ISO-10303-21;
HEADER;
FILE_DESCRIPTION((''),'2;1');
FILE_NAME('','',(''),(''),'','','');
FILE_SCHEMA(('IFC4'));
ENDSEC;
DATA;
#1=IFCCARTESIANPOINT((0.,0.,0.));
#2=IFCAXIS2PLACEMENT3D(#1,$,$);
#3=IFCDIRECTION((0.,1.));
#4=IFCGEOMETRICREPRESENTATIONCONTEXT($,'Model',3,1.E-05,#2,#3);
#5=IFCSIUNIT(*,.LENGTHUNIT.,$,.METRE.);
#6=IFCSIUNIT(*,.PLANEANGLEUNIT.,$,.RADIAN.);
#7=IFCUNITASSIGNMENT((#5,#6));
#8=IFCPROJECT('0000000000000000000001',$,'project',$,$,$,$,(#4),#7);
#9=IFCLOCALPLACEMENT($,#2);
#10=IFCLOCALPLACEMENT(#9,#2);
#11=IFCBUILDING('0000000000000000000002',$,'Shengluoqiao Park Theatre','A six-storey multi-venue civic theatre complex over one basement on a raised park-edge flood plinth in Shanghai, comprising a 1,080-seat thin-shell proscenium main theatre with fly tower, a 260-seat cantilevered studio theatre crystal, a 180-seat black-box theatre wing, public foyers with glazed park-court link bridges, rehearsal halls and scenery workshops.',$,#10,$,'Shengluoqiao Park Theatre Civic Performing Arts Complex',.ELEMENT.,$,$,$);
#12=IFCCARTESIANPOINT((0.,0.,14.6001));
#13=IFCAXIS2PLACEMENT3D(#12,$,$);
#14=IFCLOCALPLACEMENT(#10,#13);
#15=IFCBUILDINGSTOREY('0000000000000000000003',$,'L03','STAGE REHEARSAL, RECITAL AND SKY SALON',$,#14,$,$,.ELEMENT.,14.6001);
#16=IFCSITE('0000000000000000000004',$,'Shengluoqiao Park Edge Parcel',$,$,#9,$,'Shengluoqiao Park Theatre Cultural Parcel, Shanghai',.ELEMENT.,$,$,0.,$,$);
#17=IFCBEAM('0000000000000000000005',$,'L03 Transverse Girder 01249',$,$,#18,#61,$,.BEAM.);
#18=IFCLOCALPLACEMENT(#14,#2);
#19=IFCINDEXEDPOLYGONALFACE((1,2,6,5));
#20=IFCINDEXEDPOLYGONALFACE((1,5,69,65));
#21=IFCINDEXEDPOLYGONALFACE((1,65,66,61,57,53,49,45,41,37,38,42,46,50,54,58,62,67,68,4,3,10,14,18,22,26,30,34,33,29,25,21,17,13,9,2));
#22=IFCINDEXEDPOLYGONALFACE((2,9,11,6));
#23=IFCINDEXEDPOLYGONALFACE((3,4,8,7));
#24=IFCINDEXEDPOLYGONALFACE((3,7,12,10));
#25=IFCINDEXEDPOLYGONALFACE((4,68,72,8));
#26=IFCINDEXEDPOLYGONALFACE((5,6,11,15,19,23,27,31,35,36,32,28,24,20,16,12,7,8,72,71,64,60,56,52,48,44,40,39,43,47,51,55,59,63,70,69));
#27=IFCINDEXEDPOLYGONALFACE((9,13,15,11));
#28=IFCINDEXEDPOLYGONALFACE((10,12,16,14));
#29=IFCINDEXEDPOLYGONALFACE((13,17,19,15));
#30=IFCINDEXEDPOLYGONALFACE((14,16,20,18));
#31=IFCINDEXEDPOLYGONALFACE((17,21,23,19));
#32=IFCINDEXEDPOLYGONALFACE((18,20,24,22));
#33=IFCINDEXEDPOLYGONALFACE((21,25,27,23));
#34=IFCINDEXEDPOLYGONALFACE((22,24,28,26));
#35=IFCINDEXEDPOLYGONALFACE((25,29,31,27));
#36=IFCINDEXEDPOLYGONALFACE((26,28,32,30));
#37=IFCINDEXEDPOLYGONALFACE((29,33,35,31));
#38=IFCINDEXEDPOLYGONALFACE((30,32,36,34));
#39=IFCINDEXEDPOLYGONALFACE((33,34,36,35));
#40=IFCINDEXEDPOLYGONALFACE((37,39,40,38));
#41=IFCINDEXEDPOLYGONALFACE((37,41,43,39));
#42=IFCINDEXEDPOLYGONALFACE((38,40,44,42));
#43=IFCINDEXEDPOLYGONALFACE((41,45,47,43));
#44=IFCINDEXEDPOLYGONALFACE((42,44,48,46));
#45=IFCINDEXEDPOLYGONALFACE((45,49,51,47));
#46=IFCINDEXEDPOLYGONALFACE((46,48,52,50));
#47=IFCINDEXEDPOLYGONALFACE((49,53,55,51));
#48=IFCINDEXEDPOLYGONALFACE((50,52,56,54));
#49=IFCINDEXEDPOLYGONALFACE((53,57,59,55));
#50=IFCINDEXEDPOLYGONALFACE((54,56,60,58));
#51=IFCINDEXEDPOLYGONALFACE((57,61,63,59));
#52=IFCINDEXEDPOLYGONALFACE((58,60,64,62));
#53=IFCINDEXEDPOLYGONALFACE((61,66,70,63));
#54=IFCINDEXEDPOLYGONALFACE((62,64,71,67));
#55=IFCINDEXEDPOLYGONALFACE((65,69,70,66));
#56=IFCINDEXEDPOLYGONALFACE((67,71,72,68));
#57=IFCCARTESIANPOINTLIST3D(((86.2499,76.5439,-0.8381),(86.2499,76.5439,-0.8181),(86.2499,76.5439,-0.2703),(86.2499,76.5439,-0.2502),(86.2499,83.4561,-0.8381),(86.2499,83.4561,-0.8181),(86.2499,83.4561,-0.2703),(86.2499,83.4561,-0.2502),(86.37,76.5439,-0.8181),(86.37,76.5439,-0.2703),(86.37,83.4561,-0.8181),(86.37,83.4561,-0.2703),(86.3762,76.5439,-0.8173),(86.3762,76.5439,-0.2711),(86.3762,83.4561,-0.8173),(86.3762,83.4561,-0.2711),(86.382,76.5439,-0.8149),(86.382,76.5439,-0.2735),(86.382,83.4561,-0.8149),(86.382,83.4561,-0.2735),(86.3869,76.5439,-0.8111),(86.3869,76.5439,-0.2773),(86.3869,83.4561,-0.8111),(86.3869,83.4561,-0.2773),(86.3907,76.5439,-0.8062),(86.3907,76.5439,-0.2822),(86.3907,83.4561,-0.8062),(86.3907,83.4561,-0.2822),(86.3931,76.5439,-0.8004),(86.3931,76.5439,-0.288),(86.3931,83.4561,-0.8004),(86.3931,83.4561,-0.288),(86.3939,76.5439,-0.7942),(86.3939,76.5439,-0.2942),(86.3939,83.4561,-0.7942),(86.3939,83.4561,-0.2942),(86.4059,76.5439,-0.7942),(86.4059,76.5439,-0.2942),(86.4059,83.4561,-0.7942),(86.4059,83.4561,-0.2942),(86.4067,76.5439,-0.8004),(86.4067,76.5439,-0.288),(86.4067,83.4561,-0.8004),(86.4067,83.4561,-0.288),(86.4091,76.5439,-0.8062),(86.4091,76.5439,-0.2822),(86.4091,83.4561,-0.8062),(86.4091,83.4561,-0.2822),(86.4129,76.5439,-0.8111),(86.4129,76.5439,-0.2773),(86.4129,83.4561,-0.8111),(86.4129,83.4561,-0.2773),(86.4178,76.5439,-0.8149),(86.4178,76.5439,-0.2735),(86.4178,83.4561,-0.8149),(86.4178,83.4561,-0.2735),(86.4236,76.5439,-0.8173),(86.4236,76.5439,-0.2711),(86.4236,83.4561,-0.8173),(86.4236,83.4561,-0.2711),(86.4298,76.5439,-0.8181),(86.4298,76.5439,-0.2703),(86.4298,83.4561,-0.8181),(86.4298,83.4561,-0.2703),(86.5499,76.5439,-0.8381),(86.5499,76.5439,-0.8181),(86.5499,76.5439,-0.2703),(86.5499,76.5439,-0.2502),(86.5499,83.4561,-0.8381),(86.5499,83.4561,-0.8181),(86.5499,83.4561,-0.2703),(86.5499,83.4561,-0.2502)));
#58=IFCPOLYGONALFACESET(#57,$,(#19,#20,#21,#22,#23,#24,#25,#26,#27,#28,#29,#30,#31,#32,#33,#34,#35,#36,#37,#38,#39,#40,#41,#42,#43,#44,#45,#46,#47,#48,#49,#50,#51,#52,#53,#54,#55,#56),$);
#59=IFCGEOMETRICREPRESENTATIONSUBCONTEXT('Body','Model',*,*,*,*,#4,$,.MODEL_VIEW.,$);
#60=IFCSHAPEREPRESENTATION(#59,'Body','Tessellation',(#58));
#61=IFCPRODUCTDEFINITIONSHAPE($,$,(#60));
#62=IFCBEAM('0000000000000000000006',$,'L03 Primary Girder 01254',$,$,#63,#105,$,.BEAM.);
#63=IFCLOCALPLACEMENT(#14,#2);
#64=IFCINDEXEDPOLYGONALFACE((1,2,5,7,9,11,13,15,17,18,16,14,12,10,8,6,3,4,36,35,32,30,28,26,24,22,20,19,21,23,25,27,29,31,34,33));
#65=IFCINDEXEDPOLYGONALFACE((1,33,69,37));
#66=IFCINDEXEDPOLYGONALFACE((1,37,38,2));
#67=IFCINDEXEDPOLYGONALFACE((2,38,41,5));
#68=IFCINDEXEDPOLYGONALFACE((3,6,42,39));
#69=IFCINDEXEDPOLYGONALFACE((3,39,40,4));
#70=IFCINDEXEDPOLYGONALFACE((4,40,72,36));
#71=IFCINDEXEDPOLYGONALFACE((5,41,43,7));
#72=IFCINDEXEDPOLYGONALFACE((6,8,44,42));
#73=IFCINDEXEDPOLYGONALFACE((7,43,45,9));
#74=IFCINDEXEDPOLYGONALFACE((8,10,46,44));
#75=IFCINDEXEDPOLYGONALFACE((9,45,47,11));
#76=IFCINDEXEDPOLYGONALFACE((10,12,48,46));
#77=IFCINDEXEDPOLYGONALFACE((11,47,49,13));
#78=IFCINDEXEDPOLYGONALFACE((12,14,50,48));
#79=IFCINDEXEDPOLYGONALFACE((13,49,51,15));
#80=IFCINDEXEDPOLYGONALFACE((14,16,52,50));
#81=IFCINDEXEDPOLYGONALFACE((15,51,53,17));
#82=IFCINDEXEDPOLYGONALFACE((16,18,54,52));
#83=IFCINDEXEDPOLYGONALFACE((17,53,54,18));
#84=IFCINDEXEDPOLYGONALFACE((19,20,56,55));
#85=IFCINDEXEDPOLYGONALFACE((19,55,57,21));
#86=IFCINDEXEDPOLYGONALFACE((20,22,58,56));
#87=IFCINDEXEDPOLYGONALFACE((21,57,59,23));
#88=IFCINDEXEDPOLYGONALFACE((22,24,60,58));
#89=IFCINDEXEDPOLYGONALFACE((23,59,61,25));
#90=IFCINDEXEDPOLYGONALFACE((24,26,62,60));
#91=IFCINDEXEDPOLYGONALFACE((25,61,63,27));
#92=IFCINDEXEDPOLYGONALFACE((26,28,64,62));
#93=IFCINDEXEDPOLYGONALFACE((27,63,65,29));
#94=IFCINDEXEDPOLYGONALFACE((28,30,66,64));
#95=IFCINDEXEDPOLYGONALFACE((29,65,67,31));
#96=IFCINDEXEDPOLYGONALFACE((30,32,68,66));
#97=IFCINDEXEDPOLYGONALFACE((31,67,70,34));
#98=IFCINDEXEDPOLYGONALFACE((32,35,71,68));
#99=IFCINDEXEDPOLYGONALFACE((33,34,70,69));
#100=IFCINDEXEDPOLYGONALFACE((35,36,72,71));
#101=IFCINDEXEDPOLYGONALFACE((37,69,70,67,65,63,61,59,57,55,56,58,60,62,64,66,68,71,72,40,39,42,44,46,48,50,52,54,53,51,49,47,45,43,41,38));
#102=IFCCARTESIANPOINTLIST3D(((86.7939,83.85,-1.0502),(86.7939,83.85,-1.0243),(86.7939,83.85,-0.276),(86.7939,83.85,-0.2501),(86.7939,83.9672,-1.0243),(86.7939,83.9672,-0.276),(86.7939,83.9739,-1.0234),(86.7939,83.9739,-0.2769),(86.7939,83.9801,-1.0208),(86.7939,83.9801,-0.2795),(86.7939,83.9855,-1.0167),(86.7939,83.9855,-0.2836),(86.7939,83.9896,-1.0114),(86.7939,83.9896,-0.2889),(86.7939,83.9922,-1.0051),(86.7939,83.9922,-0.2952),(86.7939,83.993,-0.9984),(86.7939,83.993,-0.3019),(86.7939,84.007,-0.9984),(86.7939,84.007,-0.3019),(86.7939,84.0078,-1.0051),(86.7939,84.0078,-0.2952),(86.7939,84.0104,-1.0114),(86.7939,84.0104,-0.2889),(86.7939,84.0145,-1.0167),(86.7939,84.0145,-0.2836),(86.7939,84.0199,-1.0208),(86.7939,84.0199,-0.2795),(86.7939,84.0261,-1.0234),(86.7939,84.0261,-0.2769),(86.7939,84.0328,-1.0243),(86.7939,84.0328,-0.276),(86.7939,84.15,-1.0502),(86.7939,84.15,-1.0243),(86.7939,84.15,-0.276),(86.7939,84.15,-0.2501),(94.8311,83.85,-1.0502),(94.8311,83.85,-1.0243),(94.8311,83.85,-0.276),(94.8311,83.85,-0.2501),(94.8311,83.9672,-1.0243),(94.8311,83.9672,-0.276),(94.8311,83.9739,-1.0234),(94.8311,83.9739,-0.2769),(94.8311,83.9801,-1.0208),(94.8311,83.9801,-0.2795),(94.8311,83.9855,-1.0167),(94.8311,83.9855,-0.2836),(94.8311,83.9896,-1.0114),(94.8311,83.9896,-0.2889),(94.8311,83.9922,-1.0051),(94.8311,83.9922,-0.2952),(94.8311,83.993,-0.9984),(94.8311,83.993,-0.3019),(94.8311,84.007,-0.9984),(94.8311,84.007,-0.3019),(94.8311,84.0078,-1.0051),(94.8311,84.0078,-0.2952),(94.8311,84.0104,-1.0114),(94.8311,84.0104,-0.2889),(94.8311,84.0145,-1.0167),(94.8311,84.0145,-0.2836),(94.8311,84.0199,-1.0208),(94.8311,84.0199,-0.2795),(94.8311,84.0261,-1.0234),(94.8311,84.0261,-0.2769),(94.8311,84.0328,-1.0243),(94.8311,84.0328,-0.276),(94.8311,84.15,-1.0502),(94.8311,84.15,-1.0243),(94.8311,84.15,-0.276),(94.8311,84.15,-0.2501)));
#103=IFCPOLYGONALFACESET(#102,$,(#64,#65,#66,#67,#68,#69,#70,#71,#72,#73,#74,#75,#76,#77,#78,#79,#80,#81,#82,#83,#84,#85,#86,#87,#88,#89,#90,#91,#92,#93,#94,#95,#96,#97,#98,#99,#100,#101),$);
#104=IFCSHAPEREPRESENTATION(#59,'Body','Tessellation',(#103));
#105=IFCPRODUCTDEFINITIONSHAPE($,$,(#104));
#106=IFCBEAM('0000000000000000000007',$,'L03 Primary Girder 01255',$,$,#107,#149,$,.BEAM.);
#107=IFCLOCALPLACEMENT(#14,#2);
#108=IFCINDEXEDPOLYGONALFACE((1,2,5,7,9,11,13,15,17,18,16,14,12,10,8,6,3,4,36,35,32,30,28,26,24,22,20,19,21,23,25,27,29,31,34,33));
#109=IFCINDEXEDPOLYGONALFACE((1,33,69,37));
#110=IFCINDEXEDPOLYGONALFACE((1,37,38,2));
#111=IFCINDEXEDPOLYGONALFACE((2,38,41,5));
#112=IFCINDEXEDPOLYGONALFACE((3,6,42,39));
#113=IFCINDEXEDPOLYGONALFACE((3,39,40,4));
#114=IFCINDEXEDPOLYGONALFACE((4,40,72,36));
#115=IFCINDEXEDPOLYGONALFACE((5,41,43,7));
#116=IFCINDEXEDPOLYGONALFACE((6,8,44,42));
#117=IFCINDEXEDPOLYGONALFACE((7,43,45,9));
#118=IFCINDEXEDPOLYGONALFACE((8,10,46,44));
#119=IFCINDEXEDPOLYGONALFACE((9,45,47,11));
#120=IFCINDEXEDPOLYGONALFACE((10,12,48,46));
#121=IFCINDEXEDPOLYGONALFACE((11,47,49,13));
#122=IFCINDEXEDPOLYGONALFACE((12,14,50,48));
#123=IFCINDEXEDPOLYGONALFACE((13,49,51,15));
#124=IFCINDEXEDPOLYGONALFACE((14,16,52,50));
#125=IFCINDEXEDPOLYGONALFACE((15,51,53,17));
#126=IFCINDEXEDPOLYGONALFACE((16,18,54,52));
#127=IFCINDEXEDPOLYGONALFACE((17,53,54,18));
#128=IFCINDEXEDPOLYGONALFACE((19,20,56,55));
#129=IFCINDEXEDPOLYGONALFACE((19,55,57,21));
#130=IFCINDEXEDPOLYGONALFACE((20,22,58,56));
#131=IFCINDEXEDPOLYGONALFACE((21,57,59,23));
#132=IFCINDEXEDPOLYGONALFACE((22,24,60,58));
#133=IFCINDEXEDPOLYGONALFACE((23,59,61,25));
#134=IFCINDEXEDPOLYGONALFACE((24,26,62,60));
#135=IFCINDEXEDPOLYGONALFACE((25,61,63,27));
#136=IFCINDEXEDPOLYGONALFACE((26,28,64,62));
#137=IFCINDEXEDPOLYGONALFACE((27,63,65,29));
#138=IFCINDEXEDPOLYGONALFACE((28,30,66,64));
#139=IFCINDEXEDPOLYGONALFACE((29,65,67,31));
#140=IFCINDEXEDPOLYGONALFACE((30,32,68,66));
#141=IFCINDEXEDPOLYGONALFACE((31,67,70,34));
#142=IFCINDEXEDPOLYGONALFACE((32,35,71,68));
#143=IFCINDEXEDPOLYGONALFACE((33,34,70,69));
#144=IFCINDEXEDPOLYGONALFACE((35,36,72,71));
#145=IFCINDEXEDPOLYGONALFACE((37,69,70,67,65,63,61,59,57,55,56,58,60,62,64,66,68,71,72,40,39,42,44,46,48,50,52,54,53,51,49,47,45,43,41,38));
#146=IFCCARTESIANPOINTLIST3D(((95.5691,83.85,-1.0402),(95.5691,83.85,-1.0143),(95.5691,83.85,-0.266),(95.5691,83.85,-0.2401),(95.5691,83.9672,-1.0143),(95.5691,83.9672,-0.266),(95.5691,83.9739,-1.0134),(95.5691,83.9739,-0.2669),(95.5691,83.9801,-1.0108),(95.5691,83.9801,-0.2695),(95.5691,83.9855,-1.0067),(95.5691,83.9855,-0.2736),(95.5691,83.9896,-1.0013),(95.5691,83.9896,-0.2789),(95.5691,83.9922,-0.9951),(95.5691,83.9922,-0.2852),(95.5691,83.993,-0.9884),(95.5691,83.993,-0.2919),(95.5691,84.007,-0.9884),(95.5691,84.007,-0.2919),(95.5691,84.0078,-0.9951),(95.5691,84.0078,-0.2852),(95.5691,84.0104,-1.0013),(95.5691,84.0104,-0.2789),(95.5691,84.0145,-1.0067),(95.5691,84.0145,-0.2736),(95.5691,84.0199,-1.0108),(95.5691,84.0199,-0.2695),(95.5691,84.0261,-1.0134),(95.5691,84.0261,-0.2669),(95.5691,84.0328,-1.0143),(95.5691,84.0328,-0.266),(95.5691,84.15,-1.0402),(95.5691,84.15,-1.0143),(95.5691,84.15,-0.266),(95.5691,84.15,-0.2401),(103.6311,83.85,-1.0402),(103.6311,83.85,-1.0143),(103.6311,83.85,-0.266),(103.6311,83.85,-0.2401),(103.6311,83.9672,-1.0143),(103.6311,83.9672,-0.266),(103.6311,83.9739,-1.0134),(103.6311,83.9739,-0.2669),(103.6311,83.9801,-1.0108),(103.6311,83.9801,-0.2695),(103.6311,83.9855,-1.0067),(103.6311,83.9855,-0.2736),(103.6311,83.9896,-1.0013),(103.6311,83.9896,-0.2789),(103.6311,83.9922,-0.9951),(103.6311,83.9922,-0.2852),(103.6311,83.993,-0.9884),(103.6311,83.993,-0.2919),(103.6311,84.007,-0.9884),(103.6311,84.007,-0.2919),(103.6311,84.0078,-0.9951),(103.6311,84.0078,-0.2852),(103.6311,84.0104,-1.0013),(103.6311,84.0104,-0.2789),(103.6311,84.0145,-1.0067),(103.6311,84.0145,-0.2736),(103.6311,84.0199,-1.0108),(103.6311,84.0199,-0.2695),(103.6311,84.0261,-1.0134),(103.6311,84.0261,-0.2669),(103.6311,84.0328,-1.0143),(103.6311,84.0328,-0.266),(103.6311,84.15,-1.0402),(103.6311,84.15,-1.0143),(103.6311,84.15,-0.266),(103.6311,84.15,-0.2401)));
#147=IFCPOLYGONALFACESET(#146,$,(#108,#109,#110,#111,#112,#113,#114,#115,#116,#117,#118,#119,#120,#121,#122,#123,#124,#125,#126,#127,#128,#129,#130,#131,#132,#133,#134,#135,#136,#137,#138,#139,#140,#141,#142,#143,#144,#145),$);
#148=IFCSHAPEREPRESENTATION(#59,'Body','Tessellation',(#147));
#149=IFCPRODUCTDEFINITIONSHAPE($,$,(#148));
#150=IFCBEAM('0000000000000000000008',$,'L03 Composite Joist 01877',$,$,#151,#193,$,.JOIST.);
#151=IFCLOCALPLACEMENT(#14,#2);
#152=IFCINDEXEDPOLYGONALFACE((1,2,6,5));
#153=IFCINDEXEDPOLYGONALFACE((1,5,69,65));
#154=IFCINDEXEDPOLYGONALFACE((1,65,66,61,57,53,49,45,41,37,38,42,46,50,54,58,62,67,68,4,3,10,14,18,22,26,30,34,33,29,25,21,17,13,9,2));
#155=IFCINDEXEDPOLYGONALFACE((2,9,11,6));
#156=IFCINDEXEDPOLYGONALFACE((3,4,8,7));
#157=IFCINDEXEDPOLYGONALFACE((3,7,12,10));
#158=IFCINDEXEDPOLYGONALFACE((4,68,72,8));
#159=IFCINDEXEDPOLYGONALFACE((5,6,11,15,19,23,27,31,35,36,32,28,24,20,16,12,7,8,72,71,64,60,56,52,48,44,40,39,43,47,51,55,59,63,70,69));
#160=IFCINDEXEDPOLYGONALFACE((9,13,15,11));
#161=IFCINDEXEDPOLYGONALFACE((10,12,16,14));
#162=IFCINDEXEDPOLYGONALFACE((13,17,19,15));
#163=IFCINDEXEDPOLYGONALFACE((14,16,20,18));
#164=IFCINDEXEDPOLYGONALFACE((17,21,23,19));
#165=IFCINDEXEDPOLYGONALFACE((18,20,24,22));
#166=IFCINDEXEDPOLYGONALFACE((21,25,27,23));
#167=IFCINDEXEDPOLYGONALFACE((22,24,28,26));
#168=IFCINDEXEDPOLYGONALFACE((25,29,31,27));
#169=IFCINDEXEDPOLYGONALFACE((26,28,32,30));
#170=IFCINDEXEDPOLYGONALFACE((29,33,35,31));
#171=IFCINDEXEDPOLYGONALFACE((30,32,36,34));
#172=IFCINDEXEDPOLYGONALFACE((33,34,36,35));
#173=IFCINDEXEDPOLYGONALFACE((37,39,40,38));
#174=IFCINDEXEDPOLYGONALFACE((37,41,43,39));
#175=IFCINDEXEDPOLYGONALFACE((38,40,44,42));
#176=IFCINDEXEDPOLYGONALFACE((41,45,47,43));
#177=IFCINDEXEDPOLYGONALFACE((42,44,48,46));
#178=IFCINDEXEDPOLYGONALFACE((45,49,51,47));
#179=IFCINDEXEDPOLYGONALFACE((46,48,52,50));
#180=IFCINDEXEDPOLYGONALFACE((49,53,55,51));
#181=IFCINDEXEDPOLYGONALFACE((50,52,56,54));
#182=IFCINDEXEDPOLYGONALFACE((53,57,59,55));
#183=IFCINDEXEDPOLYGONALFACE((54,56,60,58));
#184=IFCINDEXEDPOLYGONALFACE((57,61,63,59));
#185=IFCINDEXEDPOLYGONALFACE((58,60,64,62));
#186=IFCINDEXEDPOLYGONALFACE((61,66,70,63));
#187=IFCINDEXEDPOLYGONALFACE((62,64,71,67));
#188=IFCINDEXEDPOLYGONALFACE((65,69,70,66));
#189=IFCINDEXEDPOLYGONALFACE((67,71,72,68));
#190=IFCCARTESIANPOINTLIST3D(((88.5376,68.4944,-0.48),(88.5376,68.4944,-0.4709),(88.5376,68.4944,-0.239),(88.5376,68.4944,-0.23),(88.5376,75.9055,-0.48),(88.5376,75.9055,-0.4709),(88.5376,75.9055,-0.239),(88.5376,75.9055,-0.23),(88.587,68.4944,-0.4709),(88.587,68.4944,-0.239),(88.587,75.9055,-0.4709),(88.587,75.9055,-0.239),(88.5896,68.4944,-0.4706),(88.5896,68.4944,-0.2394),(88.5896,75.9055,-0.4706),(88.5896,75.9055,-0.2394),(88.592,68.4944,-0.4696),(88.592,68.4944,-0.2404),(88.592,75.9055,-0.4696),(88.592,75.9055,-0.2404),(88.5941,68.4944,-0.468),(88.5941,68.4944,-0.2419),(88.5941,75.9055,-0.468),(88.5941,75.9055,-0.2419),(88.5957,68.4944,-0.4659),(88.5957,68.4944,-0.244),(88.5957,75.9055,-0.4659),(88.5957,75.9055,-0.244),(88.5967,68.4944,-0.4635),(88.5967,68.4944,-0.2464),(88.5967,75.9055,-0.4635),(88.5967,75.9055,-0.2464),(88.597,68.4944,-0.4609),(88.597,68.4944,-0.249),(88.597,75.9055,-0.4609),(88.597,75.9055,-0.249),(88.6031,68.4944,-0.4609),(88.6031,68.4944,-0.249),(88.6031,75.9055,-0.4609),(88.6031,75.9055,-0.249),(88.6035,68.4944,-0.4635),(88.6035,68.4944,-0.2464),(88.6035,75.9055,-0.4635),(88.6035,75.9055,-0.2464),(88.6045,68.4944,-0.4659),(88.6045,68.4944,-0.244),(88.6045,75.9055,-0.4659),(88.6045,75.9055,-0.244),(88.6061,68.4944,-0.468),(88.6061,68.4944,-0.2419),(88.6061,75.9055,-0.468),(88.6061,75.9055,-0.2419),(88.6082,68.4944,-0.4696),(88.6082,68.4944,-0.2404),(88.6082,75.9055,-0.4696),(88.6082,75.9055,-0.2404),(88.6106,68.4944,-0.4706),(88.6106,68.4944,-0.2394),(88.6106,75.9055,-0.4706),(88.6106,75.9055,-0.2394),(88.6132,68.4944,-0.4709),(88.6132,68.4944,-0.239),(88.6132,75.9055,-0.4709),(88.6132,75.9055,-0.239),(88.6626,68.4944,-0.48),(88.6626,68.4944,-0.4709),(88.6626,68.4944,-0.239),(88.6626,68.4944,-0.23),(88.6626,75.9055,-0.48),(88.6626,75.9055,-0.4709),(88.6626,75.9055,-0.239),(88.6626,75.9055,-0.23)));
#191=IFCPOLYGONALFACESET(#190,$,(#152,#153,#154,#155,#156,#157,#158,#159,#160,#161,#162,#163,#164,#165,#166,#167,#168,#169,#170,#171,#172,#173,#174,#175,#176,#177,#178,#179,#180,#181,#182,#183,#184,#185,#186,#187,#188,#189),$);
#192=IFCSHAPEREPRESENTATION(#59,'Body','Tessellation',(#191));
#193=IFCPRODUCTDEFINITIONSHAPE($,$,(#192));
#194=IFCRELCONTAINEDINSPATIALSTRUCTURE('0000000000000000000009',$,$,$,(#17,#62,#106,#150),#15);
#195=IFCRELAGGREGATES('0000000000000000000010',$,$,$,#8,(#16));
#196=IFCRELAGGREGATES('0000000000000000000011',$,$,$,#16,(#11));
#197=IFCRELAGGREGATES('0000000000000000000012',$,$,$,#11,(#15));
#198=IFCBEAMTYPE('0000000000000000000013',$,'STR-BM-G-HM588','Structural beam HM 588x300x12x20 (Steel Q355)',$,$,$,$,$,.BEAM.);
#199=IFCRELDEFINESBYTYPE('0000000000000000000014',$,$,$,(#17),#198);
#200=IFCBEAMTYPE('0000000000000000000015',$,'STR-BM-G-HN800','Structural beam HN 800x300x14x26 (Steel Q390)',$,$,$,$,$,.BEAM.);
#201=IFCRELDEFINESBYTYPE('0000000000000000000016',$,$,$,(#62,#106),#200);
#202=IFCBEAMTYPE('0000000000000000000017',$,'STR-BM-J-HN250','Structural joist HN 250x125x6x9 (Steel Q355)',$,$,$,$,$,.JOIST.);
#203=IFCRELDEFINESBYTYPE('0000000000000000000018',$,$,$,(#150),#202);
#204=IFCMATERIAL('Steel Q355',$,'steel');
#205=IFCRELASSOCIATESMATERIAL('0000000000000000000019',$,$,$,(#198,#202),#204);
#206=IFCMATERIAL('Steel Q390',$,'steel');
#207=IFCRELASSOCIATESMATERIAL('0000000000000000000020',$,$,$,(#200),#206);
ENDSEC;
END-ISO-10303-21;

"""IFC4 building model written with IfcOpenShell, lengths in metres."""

from ifc_helpers import new_model, si_unit, direction, frame, origin, origin_2d, place, context, subcontext, project, spatial, i_section, extrude, material, material_profile, profile_set, type_object, element, save


model = new_model("IFC4")

# Units and contexts
model_context = context("Model", 3, precision=1e-05, world=origin(), true_north=direction((0.0, 1.0)))
body_context = subcontext(model_context, "Body", "Model", "MODEL_VIEW")
ifc_project = project(units=[si_unit("LENGTHUNIT", "METRE"), si_unit("PLANEANGLEUNIT", "RADIAN")], contexts=[model_context])

# Site, building, storey
site_placement = place(None, origin())
site = spatial("IfcSite", under=ifc_project, at=site_placement, Name="Shengluoqiao Park Edge Parcel", LongName="Shengluoqiao Park Theatre Cultural Parcel, Shanghai", CompositionType="ELEMENT", RefElevation=0.0)
building_placement = place(site_placement, origin())
building = spatial("IfcBuilding", under=site, at=building_placement, Name="Shengluoqiao Park Theatre", Description="A six-storey multi-venue civic theatre complex over one basement on a raised park-edge flood plinth in Shanghai, comprising a 1,080-seat thin-shell proscenium main theatre with fly tower, a 260-seat cantilevered studio theatre crystal, a 180-seat black-box theatre wing, public foyers with glazed park-court link bridges, rehearsal halls and scenery workshops.", LongName="Shengluoqiao Park Theatre Civic Performing Arts Complex", CompositionType="ELEMENT")
storey_placement = place(building_placement, frame((0.0, 0.0, 14.6001)))
storey = spatial("IfcBuildingStorey", under=building, at=storey_placement, Name="L03", Description="STAGE REHEARSAL, RECITAL AND SKY SALON", CompositionType="ELEMENT", Elevation=14.6001)

# Beams
ifc_material_1 = material(Name="Steel Q355", Category="steel")
ifc_material_profile_1 = material_profile(ifc_material_1, i_section(OverallWidth=0.3, OverallDepth=0.5879, WebThickness=0.012, FlangeThickness=0.02, FilletRadius=0.0239, at=origin_2d()), Name="HM 588x300x12x20")
ifc_profile_set_1 = profile_set([ifc_material_profile_1], Name="Steel Q355")
beam_type_1 = type_object("IfcBeamType", Name="STR-BM-G-HM588", Description="Structural beam HM 588x300x12x20 (Steel Q355)", PredefinedType="BEAM", material=ifc_profile_set_1)
beam_1_placement = place(storey_placement, frame((86.3999, 76.5439, -0.5442), z_axis=(0.0, 1.0, 0.0), x_axis=(-1.0, 0.0, 0.0)))
element("IfcBeam", 1, at=beam_1_placement, inside=storey, type_object=beam_type_1, Name="L03 Transverse Girder 01249", PredefinedType="BEAM", context=body_context, shape_type="SweptSolid", body=[
    extrude(i_section(OverallWidth=0.3, OverallDepth=0.5879, WebThickness=0.012, FlangeThickness=0.02, FilletRadius=0.0239, at=origin_2d()), origin(), (0.0, 0.0, 1.0), 6.9121),
])
ifc_material_2 = material(Name="Steel Q390", Category="steel")
ifc_material_profile_2 = material_profile(ifc_material_2, i_section(OverallWidth=0.3, OverallDepth=0.8, WebThickness=0.0139, FlangeThickness=0.0259, FilletRadius=0.0259, at=origin_2d()), Name="HN 800x300x14x26")
ifc_profile_set_2 = profile_set([ifc_material_profile_2], Name="Steel Q390")
beam_type_2 = type_object("IfcBeamType", Name="STR-BM-G-HN800", Description="Structural beam HN 800x300x14x26 (Steel Q390)", PredefinedType="BEAM", material=ifc_profile_set_2)
beam_2_placement = place(storey_placement, frame((86.7939, 84.0, -0.6501), z_axis=(1.0, 0.0, 0.0), x_axis=(0.0, 1.0, 0.0)))
element("IfcBeam", 2, at=beam_2_placement, inside=storey, type_object=beam_type_2, Name="L03 Primary Girder 01254", PredefinedType="BEAM", context=body_context, shape_type="SweptSolid", body=[
    extrude(i_section(OverallWidth=0.3, OverallDepth=0.8, WebThickness=0.0139, FlangeThickness=0.0259, FilletRadius=0.0259, at=origin_2d()), origin(), (0.0, 0.0, 1.0), 8.0371),
])
beam_3_placement = place(storey_placement, frame((95.5691, 84.0, -0.6401), z_axis=(1.0, 0.0, 0.0), x_axis=(0.0, 1.0, 0.0)))
element("IfcBeam", 3, at=beam_3_placement, inside=storey, type_object=beam_type_2, Name="L03 Primary Girder 01255", PredefinedType="BEAM", context=body_context, shape_type="SweptSolid", body=[
    extrude(i_section(OverallWidth=0.3, OverallDepth=0.8, WebThickness=0.0139, FlangeThickness=0.0259, FilletRadius=0.0259, at=origin_2d()), origin(), (0.0, 0.0, 1.0), 8.062),
])
ifc_material_profile_3 = material_profile(ifc_material_1, i_section(OverallWidth=0.125, OverallDepth=0.25, WebThickness=0.0061, FlangeThickness=0.009, FilletRadius=0.01, at=origin_2d()), Name="HN 250x125x6x9")
ifc_profile_set_3 = profile_set([ifc_material_profile_3], Name="Steel Q355")
beam_type_3 = type_object("IfcBeamType", Name="STR-BM-J-HN250", Description="Structural joist HN 250x125x6x9 (Steel Q355)", PredefinedType="JOIST", material=ifc_profile_set_3)
for number, where, z_axis, x_axis, name in (
    (4, (88.6001, 68.4944, -0.355), (0.0, 1.0, 0.0), (-1.0, 0.0, 0.0), "L03 Composite Joist 01877"),
):
    element("IfcBeam", number, at=place(storey_placement, frame(where, z_axis=z_axis, x_axis=x_axis)), inside=storey, type_object=beam_type_3, Name=name, PredefinedType="JOIST", context=body_context, shape_type="SweptSolid", body=[
        extrude(i_section(OverallWidth=0.125, OverallDepth=0.25, WebThickness=0.0061, FlangeThickness=0.009, FilletRadius=0.01, at=origin_2d()), origin(), (0.0, 0.0, 1.0), 7.4111),
    ])

save(model, "model.ifc")
